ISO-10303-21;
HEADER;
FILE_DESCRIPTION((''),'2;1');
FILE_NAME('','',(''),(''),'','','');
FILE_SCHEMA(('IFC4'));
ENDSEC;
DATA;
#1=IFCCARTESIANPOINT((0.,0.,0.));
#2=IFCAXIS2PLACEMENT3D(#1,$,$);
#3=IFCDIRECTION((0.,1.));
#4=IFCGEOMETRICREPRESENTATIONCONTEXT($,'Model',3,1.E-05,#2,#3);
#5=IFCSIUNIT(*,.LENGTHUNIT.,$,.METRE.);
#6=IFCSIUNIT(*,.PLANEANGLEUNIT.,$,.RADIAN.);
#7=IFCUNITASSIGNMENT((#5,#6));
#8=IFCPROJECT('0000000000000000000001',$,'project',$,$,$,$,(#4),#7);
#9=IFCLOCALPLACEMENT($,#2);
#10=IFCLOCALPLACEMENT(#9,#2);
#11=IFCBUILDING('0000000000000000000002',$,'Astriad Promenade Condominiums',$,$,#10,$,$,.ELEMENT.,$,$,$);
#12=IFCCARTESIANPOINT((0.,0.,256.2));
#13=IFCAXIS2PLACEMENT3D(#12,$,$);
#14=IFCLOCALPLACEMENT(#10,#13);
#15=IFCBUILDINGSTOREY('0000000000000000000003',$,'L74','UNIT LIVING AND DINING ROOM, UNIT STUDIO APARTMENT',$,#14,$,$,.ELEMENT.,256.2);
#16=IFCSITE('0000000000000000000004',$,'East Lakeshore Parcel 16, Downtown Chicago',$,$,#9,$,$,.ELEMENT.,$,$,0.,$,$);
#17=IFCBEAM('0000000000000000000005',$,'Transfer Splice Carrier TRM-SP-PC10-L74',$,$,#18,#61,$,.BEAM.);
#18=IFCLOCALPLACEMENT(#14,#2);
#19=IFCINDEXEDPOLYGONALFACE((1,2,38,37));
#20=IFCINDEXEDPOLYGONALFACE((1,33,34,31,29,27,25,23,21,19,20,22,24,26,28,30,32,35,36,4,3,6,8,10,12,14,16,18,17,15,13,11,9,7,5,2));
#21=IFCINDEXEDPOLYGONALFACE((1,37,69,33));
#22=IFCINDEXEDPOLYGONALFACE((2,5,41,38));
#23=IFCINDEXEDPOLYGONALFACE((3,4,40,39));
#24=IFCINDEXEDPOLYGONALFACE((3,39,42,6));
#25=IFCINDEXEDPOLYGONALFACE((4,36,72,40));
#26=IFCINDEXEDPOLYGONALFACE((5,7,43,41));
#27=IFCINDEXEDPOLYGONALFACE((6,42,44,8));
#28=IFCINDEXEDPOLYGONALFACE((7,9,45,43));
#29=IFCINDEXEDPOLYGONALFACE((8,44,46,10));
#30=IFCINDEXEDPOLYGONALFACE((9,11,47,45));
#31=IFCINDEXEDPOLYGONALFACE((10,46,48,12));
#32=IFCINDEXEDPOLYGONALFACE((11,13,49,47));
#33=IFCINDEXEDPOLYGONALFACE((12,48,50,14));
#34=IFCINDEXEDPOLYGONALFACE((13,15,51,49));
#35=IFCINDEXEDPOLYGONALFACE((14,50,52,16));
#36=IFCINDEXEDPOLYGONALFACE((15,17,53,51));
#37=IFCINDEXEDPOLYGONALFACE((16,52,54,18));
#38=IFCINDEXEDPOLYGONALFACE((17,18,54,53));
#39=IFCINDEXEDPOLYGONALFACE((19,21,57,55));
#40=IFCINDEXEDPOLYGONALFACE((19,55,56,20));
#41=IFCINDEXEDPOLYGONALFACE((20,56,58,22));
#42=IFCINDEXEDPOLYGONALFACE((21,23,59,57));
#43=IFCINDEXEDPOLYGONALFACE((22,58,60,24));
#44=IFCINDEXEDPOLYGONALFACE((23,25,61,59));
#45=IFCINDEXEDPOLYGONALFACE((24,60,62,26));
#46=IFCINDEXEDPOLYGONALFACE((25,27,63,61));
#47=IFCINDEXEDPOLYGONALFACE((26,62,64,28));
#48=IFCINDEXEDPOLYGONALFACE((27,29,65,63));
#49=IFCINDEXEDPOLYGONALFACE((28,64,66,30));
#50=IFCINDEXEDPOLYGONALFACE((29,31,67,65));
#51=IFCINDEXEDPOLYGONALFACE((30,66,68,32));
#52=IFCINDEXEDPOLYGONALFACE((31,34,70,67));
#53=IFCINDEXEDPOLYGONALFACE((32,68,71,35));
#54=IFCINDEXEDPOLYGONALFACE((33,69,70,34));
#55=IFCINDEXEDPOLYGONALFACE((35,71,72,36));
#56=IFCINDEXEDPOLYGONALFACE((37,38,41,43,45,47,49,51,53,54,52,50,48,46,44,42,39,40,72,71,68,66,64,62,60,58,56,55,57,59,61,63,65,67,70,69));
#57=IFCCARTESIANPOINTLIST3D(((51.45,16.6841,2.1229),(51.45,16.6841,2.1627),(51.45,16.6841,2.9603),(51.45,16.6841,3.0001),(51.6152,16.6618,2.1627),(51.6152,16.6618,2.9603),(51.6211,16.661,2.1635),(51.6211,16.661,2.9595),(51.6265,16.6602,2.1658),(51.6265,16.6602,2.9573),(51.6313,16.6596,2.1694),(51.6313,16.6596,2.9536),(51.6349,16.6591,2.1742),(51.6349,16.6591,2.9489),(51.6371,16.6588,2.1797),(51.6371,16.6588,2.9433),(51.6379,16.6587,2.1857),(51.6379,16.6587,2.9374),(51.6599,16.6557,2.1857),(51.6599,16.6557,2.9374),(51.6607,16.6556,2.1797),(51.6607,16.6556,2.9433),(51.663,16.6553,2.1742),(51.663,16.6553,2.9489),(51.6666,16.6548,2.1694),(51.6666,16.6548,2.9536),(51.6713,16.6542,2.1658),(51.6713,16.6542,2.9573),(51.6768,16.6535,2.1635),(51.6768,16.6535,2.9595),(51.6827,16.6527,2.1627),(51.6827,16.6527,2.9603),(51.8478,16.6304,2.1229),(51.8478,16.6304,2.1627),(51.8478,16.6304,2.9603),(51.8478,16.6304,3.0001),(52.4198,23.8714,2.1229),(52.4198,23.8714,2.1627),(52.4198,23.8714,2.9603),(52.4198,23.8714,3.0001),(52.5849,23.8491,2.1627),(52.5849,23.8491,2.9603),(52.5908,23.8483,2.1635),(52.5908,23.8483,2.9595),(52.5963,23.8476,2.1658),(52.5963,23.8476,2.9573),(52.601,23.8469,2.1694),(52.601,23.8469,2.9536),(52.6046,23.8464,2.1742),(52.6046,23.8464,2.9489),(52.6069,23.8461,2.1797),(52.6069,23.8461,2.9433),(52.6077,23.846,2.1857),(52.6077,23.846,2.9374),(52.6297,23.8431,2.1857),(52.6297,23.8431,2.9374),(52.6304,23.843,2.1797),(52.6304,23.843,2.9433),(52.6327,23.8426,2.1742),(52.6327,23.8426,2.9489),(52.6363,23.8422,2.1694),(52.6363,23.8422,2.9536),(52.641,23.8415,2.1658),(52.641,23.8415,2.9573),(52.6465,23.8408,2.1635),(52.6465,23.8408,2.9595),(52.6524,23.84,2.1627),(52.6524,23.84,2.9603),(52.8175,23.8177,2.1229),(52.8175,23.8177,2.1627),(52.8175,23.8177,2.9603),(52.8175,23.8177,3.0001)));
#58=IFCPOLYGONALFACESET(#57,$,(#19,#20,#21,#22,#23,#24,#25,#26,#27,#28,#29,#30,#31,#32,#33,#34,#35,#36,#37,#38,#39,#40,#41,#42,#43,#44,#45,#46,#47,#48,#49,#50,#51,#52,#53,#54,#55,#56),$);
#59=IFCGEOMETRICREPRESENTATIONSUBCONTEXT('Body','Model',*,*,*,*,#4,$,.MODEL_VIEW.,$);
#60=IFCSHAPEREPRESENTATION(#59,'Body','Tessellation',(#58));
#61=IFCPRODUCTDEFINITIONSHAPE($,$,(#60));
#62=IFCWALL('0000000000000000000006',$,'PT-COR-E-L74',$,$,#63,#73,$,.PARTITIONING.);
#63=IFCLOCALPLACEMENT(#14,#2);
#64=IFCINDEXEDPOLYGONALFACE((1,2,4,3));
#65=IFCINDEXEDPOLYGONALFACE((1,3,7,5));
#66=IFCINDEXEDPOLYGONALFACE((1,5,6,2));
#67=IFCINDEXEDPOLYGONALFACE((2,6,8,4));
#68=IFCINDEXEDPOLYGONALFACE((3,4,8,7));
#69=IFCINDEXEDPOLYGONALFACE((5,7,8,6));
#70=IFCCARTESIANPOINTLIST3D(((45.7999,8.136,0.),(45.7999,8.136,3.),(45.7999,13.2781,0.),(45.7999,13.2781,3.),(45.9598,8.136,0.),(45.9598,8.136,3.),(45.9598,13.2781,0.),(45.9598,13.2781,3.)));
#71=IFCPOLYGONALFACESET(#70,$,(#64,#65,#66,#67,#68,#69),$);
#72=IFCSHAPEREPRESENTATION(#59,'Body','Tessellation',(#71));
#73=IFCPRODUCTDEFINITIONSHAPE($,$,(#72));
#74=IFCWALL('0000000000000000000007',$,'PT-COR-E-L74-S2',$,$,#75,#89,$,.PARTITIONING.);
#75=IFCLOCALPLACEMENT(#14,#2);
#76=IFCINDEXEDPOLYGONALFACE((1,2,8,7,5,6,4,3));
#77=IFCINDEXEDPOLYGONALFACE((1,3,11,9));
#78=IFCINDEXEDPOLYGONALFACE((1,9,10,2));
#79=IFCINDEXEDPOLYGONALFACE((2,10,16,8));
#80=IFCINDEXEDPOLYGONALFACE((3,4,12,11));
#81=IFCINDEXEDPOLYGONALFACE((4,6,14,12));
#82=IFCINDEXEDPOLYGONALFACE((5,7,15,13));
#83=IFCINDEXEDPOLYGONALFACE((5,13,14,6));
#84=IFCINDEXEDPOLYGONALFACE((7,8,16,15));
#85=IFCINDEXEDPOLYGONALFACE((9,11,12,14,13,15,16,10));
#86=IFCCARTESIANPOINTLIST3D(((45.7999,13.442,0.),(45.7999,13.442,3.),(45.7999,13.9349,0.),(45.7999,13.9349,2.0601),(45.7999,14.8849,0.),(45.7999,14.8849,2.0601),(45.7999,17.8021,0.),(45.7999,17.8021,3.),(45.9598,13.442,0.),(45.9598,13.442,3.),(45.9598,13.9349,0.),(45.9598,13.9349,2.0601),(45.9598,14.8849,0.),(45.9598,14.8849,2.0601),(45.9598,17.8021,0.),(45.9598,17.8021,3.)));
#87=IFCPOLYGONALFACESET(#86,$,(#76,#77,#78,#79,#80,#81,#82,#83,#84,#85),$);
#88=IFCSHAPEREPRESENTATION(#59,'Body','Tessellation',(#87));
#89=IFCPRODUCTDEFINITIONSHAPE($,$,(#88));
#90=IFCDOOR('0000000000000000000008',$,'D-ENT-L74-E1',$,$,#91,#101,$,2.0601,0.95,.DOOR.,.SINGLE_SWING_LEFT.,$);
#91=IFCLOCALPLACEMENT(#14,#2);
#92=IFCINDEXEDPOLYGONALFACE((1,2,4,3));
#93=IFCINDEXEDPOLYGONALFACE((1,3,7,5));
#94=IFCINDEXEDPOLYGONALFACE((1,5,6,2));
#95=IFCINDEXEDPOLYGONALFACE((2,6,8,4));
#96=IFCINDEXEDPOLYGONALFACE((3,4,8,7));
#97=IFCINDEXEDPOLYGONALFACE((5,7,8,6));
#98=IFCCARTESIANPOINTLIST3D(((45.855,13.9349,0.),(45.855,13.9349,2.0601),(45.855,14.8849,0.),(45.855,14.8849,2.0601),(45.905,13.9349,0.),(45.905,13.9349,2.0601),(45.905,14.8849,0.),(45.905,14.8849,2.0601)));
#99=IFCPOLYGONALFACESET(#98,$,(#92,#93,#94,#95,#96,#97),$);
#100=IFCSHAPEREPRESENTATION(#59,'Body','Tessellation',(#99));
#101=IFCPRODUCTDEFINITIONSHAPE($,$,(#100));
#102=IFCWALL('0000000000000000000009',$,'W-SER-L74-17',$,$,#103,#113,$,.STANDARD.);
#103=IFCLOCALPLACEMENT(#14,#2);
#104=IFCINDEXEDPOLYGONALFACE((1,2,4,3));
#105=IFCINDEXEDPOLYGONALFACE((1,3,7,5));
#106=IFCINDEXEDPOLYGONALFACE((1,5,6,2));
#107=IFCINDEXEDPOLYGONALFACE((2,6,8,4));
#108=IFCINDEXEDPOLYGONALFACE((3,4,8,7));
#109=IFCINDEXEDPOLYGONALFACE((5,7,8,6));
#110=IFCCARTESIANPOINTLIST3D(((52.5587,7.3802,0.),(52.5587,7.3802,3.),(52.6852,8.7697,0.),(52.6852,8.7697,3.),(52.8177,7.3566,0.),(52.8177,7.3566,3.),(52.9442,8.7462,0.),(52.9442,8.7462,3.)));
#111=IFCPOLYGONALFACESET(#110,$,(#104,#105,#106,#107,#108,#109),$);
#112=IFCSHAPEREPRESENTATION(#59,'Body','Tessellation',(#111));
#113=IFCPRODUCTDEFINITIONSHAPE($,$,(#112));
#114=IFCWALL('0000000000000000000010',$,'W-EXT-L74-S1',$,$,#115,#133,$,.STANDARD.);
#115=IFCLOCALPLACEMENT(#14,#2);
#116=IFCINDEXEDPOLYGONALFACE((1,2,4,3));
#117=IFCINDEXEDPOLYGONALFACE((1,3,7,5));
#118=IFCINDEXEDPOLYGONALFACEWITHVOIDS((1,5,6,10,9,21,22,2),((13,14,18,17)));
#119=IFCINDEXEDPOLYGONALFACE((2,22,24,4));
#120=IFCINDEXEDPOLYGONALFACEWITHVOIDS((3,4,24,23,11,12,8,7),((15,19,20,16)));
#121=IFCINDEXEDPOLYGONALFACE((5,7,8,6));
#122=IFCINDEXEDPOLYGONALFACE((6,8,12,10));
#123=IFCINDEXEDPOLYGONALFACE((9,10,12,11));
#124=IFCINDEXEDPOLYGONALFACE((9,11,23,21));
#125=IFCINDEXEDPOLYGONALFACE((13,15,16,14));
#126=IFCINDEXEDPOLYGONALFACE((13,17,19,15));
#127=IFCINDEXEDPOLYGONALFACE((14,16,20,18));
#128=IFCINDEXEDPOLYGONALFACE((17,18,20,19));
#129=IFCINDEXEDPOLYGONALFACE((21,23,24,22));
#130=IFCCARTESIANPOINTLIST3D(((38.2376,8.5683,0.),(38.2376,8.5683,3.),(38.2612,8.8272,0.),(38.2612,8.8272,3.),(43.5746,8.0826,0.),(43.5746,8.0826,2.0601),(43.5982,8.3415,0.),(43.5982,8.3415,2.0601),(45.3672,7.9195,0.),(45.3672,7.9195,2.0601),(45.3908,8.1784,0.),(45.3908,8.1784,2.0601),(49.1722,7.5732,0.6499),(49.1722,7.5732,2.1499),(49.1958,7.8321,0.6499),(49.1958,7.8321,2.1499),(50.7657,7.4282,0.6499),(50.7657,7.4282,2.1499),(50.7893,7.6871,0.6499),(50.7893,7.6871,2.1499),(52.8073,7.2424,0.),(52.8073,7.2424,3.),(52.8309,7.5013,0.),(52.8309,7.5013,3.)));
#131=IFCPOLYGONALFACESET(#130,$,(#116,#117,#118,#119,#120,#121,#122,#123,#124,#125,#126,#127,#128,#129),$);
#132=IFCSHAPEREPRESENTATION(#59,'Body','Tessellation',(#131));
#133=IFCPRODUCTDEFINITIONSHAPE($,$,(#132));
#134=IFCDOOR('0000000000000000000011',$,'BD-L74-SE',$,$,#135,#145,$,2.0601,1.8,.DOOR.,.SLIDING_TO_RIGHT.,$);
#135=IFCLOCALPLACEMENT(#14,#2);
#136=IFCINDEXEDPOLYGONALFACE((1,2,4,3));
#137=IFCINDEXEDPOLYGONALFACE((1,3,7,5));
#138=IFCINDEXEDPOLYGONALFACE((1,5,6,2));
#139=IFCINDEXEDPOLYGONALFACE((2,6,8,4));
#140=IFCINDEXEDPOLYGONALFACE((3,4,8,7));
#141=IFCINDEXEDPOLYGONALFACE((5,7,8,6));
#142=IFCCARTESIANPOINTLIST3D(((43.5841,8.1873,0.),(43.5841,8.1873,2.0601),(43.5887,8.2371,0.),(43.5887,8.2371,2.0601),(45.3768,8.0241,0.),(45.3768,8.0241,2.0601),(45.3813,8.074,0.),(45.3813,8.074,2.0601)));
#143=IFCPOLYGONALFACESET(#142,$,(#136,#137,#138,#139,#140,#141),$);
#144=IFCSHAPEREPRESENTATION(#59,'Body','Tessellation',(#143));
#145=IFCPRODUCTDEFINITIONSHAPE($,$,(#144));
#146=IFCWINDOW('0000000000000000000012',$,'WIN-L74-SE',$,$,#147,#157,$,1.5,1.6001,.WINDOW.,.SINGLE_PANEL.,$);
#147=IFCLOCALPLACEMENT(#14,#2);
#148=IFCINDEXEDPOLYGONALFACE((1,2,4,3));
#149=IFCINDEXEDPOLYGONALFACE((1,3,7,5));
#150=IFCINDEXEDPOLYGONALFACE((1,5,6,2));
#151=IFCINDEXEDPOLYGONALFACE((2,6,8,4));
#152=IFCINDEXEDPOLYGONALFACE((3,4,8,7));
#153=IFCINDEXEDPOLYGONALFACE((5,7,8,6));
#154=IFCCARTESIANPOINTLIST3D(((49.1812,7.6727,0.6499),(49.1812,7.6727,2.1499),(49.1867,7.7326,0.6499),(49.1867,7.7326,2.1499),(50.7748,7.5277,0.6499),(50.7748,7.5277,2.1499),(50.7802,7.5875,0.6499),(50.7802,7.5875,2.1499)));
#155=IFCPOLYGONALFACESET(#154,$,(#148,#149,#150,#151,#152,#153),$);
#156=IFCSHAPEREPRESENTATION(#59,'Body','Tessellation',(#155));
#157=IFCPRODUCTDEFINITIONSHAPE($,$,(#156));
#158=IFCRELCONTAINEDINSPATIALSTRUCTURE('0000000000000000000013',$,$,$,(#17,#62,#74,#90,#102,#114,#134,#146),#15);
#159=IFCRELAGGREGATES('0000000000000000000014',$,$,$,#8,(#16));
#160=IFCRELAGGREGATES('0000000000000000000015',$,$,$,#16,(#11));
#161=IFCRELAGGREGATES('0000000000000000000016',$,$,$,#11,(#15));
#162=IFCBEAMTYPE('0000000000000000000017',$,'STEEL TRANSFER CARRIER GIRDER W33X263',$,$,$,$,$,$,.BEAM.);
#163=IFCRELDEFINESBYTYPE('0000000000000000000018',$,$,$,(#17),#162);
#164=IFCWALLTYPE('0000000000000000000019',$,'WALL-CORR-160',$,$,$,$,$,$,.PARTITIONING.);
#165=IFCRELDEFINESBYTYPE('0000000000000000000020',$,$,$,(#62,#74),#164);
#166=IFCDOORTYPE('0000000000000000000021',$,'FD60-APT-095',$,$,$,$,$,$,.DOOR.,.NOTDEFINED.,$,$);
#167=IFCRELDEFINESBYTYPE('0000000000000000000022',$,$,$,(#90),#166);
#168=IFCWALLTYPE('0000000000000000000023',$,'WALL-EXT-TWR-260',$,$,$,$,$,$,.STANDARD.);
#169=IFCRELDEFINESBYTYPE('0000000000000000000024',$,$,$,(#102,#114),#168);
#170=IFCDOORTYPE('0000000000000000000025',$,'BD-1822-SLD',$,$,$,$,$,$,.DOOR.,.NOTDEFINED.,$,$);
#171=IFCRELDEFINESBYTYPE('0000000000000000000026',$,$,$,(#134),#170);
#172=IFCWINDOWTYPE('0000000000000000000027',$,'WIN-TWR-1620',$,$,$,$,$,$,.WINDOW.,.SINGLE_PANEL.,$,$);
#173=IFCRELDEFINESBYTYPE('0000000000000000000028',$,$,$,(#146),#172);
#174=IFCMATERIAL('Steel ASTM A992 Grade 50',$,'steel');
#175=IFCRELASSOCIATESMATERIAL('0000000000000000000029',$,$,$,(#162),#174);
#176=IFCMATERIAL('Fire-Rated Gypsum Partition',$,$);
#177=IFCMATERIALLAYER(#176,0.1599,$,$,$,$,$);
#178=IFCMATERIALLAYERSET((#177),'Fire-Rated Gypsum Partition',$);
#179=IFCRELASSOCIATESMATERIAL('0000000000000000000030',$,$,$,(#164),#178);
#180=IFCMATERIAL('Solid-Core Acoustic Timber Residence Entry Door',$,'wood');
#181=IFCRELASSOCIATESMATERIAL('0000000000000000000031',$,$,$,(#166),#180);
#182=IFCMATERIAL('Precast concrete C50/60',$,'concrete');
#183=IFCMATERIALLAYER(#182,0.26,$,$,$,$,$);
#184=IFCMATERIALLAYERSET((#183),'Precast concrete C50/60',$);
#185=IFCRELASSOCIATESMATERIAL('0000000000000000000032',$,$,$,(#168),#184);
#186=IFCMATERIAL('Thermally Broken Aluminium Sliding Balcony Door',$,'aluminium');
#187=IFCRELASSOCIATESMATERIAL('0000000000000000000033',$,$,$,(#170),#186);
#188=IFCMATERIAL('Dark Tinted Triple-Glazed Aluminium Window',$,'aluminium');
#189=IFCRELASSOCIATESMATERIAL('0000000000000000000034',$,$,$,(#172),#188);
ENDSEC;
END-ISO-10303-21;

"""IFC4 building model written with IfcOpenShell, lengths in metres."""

from ifc_helpers import new_model, si_unit, direction, frame, frame_2d, origin, origin_2d, place, context, subcontext, project, spatial, rectangle, i_section, extrude, source, transform, mapped, material, layer, layer_set, material_profile, profile_set, type_object, type_shapes, element, fill, save


model = new_model("IFC4")

# Units and contexts
model_context = context("Model", 3, precision=1e-05, world=origin(), true_north=direction((0.0, 1.0)))
body_context = subcontext(model_context, "Body", "Model", "MODEL_VIEW")
ifc_project = project(units=[si_unit("LENGTHUNIT", "METRE"), si_unit("PLANEANGLEUNIT", "RADIAN")], contexts=[model_context])

# Site, building, storey
site_placement = place(None, origin())
site = spatial("IfcSite", under=ifc_project, at=site_placement, Name="East Lakeshore Parcel 16, Downtown Chicago", CompositionType="ELEMENT", RefElevation=0.0)
building_placement = place(site_placement, origin())
building = spatial("IfcBuilding", under=site, at=building_placement, Name="Astriad Promenade Condominiums", CompositionType="ELEMENT")
storey_placement = place(building_placement, frame((0.0, 0.0, 256.2)))
storey = spatial("IfcBuildingStorey", under=building, at=storey_placement, Name="L74", Description="UNIT LIVING AND DINING ROOM, UNIT STUDIO APARTMENT", CompositionType="ELEMENT", Elevation=256.2)

# Beam
ifc_material_1 = material(Name="Steel ASTM A992 Grade 50", Category="steel")
ifc_material_profile_1 = material_profile(ifc_material_1, i_section(OverallWidth=0.4014, OverallDepth=0.8772, WebThickness=0.0222, FlangeThickness=0.0398, FilletRadius=0.0229, at=origin_2d()), Name="W33X263")
ifc_profile_set_1 = profile_set([ifc_material_profile_1], Name="Steel ASTM A992 Grade 50")
beam_type_1 = type_object("IfcBeamType", Name="STEEL TRANSFER CARRIER GIRDER W33X263", PredefinedType="BEAM", material=ifc_profile_set_1)
shared_shape_1 = source(origin(), body_context, "Body", "SweptSolid", [
    extrude(i_section(OverallWidth=0.4014, OverallDepth=0.8772, WebThickness=0.0222, FlangeThickness=0.0398, FilletRadius=0.0229, at=origin_2d()), origin(), (0.0, 0.0, 1.0), 7.2524),
])
beam_1_placement = place(storey_placement, frame((51.6489, 16.6572, 2.5615), z_axis=(0.133711, 0.99102, 0.0), x_axis=(-0.99102, 0.133711, 0.0)))
element("IfcBeam", 1, at=beam_1_placement, inside=storey, type_object=beam_type_1, Name="Transfer Splice Carrier TRM-SP-PC10-L74", PredefinedType="BEAM", context=body_context, shape_type="MappedRepresentation", body=[
    mapped(shared_shape_1, transform((0.0, 0.0, 0.0), scale=1.0)),
])

# Wall
ifc_material_2 = material(Name="Fire-Rated Gypsum Partition")
ifc_layer_1 = layer(ifc_material_2, 0.1599)
ifc_layer_set_1 = layer_set([ifc_layer_1], Name="Fire-Rated Gypsum Partition")
wall_type_1 = type_object("IfcWallType", Name="WALL-CORR-160", PredefinedType="PARTITIONING", material=ifc_layer_set_1)
wall_1_placement = place(storey_placement, frame((45.8799, 8.136, 0.0), z_axis=(0.0, 0.0, 1.0), x_axis=(0.0, 1.0, 0.0)))
element("IfcWall", 2, at=wall_1_placement, inside=storey, type_object=wall_type_1, Name="PT-COR-E-L74", PredefinedType="PARTITIONING", context=body_context, shape_type="SweptSolid", body=[
    extrude(rectangle(XDim=5.1421, YDim=0.1599, at=frame_2d((2.571, 0.0))), origin(), (0.0, 0.0, 1.0), 3.0),
])

# Wall, opening, door
wall_2_placement = place(storey_placement, frame((45.8799, 13.4419, 0.0), z_axis=(0.0, 0.0, 1.0), x_axis=(0.0, 1.0, 0.0)))
wall_2 = element("IfcWall", 3, at=wall_2_placement, inside=storey, type_object=wall_type_1, Name="PT-COR-E-L74-S2", PredefinedType="PARTITIONING", context=body_context, shape_type="SweptSolid", body=[
    extrude(rectangle(XDim=4.3601, YDim=0.1599, at=frame_2d((2.1802, 0.0))), origin(), (0.0, 0.0, 1.0), 3.0),
])
opening_1_placement = place(wall_2_placement, frame((0.4929, 0.0, 0.0)))
opening_1 = element("IfcOpeningElement", 4, at=opening_1_placement, cuts=wall_2, PredefinedType="OPENING", context=body_context, shape_type="SweptSolid", body=[
    extrude(rectangle(XDim=0.95, YDim=2.0601, at=frame_2d((0.4751, 1.03))), frame((0.0, 0.0898, 0.0), z_axis=(0.0, -1.0, 0.0), x_axis=(1.0, 0.0, 0.0)), (0.0, 0.0, 1.0), 0.1799),
])
ifc_material_3 = material(Name="Solid-Core Acoustic Timber Residence Entry Door", Category="wood")
door_type_1 = type_object("IfcDoorType", Name="FD60-APT-095", OperationType="NOTDEFINED", PredefinedType="DOOR", material=ifc_material_3)
shared_shape_2 = source(origin(), body_context, "Body", "SweptSolid", [
    extrude(rectangle(XDim=0.95, YDim=2.0601, at=frame_2d((0.4751, 1.03))), frame((0.0, 0.0249, 0.0), z_axis=(0.0, -1.0, 0.0), x_axis=(1.0, 0.0, 0.0)), (0.0, 0.0, 1.0), 0.05),
])
type_shapes(door_type_1, [shared_shape_2])
door_1_placement = place(opening_1_placement, origin())
door_1 = element("IfcDoor", 5, at=door_1_placement, inside=storey, type_object=door_type_1, Name="D-ENT-L74-E1", OperationType="SINGLE_SWING_LEFT", OverallHeight=2.0601, OverallWidth=0.95, PredefinedType="DOOR", context=body_context, shape_type="MappedRepresentation", body=[
    mapped(shared_shape_2, transform((0.0, 0.0, 0.0), scale=1.0)),
])
fill(opening_1, door_1)

# Wall
ifc_material_4 = material(Name="Precast concrete C50/60", Category="concrete")
ifc_layer_2 = layer(ifc_material_4, 0.26)
ifc_layer_set_2 = layer_set([ifc_layer_2], Name="Precast concrete C50/60")
wall_type_2 = type_object("IfcWallType", Name="WALL-EXT-TWR-260", PredefinedType="STANDARD", material=ifc_layer_set_2)
wall_3_placement = place(storey_placement, frame((52.8147, 8.7581, 0.0), z_axis=(0.0, 0.0, 1.0), x_axis=(-0.090646, -0.995883, 0.0)))
element("IfcWall", 6, at=wall_3_placement, inside=storey, type_object=wall_type_2, Name="W-SER-L74-17", PredefinedType="STANDARD", context=body_context, shape_type="SweptSolid", body=[
    extrude(rectangle(XDim=1.3953, YDim=0.26, at=frame_2d((0.6978, 0.0))), origin(), (0.0, 0.0, 1.0), 3.0),
])

# Wall, openings, door, window
wall_4_placement = place(storey_placement, frame((52.8191, 7.3718, 0.0), z_axis=(0.0, 0.0, 1.0), x_axis=(-0.995884, 0.090632, 0.0)))
wall_4 = element("IfcWall", 7, at=wall_4_placement, inside=storey, type_object=wall_type_2, Name="W-EXT-L74-S1", PredefinedType="STANDARD", context=body_context, shape_type="SweptSolid", body=[
    extrude(rectangle(XDim=14.6299, YDim=0.26, at=frame_2d((7.3149, 0.0))), origin(), (0.0, 0.0, 1.0), 3.0),
])
opening_2_placement = place(wall_4_placement, frame((7.4709, 0.0, 0.0)))
opening_2 = element("IfcOpeningElement", 8, at=opening_2_placement, cuts=wall_4, PredefinedType="OPENING", context=body_context, shape_type="SweptSolid", body=[
    extrude(rectangle(XDim=1.8, YDim=2.0601, at=frame_2d((0.8999, 1.03))), frame((0.0, 0.1399, 0.0), z_axis=(0.0, -1.0, 0.0), x_axis=(1.0, 0.0, 0.0)), (0.0, 0.0, 1.0), 0.28),
])
opening_3_placement = place(wall_4_placement, frame((2.05, 0.0, 0.6499)))
opening_3 = element("IfcOpeningElement", 9, at=opening_3_placement, cuts=wall_4, PredefinedType="OPENING", context=body_context, shape_type="SweptSolid", body=[
    extrude(rectangle(XDim=1.6001, YDim=1.5, at=frame_2d((0.8, 0.75))), frame((0.0, 0.1399, 0.0), z_axis=(0.0, -1.0, 0.0), x_axis=(1.0, 0.0, 0.0)), (0.0, 0.0, 1.0), 0.28),
])
ifc_material_5 = material(Name="Thermally Broken Aluminium Sliding Balcony Door", Category="aluminium")
door_type_2 = type_object("IfcDoorType", Name="BD-1822-SLD", OperationType="NOTDEFINED", PredefinedType="DOOR", material=ifc_material_5)
shared_shape_3 = source(origin(), body_context, "Body", "SweptSolid", [
    extrude(rectangle(XDim=1.8, YDim=2.0601, at=frame_2d((0.8999, 1.03))), frame((0.0, 0.0249, 0.0), z_axis=(0.0, -1.0, 0.0), x_axis=(1.0, 0.0, 0.0)), (0.0, 0.0, 1.0), 0.05),
])
type_shapes(door_type_2, [shared_shape_3])
door_2_placement = place(opening_2_placement, origin())
door_2 = element("IfcDoor", 10, at=door_2_placement, inside=storey, type_object=door_type_2, Name="BD-L74-SE", OperationType="SLIDING_TO_RIGHT", OverallHeight=2.0601, OverallWidth=1.8, PredefinedType="DOOR", context=body_context, shape_type="MappedRepresentation", body=[
    mapped(shared_shape_3, transform((0.0, 0.0, 0.0), scale=1.0)),
])
fill(opening_2, door_2)
ifc_material_6 = material(Name="Dark Tinted Triple-Glazed Aluminium Window", Category="aluminium")
window_type = type_object("IfcWindowType", Name="WIN-TWR-1620", PartitioningType="SINGLE_PANEL", PredefinedType="WINDOW", material=ifc_material_6)
shared_shape_4 = source(origin(), body_context, "Body", "SweptSolid", [
    extrude(rectangle(XDim=1.6001, YDim=1.5, at=frame_2d((0.8, 0.75))), frame((0.0, 0.03, 0.0), z_axis=(0.0, -1.0, 0.0), x_axis=(1.0, 0.0, 0.0)), (0.0, 0.0, 1.0), 0.0601),
])
type_shapes(window_type, [shared_shape_4])
window_placement = place(opening_3_placement, origin())
window = element("IfcWindow", 11, at=window_placement, inside=storey, type_object=window_type, Name="WIN-L74-SE", OverallHeight=1.5, OverallWidth=1.6001, PartitioningType="SINGLE_PANEL", PredefinedType="WINDOW", context=body_context, shape_type="MappedRepresentation", body=[
    mapped(shared_shape_4, transform((0.0, 0.0, 0.0), scale=1.0)),
])
fill(opening_3, window)

save(model, "model.ifc")
